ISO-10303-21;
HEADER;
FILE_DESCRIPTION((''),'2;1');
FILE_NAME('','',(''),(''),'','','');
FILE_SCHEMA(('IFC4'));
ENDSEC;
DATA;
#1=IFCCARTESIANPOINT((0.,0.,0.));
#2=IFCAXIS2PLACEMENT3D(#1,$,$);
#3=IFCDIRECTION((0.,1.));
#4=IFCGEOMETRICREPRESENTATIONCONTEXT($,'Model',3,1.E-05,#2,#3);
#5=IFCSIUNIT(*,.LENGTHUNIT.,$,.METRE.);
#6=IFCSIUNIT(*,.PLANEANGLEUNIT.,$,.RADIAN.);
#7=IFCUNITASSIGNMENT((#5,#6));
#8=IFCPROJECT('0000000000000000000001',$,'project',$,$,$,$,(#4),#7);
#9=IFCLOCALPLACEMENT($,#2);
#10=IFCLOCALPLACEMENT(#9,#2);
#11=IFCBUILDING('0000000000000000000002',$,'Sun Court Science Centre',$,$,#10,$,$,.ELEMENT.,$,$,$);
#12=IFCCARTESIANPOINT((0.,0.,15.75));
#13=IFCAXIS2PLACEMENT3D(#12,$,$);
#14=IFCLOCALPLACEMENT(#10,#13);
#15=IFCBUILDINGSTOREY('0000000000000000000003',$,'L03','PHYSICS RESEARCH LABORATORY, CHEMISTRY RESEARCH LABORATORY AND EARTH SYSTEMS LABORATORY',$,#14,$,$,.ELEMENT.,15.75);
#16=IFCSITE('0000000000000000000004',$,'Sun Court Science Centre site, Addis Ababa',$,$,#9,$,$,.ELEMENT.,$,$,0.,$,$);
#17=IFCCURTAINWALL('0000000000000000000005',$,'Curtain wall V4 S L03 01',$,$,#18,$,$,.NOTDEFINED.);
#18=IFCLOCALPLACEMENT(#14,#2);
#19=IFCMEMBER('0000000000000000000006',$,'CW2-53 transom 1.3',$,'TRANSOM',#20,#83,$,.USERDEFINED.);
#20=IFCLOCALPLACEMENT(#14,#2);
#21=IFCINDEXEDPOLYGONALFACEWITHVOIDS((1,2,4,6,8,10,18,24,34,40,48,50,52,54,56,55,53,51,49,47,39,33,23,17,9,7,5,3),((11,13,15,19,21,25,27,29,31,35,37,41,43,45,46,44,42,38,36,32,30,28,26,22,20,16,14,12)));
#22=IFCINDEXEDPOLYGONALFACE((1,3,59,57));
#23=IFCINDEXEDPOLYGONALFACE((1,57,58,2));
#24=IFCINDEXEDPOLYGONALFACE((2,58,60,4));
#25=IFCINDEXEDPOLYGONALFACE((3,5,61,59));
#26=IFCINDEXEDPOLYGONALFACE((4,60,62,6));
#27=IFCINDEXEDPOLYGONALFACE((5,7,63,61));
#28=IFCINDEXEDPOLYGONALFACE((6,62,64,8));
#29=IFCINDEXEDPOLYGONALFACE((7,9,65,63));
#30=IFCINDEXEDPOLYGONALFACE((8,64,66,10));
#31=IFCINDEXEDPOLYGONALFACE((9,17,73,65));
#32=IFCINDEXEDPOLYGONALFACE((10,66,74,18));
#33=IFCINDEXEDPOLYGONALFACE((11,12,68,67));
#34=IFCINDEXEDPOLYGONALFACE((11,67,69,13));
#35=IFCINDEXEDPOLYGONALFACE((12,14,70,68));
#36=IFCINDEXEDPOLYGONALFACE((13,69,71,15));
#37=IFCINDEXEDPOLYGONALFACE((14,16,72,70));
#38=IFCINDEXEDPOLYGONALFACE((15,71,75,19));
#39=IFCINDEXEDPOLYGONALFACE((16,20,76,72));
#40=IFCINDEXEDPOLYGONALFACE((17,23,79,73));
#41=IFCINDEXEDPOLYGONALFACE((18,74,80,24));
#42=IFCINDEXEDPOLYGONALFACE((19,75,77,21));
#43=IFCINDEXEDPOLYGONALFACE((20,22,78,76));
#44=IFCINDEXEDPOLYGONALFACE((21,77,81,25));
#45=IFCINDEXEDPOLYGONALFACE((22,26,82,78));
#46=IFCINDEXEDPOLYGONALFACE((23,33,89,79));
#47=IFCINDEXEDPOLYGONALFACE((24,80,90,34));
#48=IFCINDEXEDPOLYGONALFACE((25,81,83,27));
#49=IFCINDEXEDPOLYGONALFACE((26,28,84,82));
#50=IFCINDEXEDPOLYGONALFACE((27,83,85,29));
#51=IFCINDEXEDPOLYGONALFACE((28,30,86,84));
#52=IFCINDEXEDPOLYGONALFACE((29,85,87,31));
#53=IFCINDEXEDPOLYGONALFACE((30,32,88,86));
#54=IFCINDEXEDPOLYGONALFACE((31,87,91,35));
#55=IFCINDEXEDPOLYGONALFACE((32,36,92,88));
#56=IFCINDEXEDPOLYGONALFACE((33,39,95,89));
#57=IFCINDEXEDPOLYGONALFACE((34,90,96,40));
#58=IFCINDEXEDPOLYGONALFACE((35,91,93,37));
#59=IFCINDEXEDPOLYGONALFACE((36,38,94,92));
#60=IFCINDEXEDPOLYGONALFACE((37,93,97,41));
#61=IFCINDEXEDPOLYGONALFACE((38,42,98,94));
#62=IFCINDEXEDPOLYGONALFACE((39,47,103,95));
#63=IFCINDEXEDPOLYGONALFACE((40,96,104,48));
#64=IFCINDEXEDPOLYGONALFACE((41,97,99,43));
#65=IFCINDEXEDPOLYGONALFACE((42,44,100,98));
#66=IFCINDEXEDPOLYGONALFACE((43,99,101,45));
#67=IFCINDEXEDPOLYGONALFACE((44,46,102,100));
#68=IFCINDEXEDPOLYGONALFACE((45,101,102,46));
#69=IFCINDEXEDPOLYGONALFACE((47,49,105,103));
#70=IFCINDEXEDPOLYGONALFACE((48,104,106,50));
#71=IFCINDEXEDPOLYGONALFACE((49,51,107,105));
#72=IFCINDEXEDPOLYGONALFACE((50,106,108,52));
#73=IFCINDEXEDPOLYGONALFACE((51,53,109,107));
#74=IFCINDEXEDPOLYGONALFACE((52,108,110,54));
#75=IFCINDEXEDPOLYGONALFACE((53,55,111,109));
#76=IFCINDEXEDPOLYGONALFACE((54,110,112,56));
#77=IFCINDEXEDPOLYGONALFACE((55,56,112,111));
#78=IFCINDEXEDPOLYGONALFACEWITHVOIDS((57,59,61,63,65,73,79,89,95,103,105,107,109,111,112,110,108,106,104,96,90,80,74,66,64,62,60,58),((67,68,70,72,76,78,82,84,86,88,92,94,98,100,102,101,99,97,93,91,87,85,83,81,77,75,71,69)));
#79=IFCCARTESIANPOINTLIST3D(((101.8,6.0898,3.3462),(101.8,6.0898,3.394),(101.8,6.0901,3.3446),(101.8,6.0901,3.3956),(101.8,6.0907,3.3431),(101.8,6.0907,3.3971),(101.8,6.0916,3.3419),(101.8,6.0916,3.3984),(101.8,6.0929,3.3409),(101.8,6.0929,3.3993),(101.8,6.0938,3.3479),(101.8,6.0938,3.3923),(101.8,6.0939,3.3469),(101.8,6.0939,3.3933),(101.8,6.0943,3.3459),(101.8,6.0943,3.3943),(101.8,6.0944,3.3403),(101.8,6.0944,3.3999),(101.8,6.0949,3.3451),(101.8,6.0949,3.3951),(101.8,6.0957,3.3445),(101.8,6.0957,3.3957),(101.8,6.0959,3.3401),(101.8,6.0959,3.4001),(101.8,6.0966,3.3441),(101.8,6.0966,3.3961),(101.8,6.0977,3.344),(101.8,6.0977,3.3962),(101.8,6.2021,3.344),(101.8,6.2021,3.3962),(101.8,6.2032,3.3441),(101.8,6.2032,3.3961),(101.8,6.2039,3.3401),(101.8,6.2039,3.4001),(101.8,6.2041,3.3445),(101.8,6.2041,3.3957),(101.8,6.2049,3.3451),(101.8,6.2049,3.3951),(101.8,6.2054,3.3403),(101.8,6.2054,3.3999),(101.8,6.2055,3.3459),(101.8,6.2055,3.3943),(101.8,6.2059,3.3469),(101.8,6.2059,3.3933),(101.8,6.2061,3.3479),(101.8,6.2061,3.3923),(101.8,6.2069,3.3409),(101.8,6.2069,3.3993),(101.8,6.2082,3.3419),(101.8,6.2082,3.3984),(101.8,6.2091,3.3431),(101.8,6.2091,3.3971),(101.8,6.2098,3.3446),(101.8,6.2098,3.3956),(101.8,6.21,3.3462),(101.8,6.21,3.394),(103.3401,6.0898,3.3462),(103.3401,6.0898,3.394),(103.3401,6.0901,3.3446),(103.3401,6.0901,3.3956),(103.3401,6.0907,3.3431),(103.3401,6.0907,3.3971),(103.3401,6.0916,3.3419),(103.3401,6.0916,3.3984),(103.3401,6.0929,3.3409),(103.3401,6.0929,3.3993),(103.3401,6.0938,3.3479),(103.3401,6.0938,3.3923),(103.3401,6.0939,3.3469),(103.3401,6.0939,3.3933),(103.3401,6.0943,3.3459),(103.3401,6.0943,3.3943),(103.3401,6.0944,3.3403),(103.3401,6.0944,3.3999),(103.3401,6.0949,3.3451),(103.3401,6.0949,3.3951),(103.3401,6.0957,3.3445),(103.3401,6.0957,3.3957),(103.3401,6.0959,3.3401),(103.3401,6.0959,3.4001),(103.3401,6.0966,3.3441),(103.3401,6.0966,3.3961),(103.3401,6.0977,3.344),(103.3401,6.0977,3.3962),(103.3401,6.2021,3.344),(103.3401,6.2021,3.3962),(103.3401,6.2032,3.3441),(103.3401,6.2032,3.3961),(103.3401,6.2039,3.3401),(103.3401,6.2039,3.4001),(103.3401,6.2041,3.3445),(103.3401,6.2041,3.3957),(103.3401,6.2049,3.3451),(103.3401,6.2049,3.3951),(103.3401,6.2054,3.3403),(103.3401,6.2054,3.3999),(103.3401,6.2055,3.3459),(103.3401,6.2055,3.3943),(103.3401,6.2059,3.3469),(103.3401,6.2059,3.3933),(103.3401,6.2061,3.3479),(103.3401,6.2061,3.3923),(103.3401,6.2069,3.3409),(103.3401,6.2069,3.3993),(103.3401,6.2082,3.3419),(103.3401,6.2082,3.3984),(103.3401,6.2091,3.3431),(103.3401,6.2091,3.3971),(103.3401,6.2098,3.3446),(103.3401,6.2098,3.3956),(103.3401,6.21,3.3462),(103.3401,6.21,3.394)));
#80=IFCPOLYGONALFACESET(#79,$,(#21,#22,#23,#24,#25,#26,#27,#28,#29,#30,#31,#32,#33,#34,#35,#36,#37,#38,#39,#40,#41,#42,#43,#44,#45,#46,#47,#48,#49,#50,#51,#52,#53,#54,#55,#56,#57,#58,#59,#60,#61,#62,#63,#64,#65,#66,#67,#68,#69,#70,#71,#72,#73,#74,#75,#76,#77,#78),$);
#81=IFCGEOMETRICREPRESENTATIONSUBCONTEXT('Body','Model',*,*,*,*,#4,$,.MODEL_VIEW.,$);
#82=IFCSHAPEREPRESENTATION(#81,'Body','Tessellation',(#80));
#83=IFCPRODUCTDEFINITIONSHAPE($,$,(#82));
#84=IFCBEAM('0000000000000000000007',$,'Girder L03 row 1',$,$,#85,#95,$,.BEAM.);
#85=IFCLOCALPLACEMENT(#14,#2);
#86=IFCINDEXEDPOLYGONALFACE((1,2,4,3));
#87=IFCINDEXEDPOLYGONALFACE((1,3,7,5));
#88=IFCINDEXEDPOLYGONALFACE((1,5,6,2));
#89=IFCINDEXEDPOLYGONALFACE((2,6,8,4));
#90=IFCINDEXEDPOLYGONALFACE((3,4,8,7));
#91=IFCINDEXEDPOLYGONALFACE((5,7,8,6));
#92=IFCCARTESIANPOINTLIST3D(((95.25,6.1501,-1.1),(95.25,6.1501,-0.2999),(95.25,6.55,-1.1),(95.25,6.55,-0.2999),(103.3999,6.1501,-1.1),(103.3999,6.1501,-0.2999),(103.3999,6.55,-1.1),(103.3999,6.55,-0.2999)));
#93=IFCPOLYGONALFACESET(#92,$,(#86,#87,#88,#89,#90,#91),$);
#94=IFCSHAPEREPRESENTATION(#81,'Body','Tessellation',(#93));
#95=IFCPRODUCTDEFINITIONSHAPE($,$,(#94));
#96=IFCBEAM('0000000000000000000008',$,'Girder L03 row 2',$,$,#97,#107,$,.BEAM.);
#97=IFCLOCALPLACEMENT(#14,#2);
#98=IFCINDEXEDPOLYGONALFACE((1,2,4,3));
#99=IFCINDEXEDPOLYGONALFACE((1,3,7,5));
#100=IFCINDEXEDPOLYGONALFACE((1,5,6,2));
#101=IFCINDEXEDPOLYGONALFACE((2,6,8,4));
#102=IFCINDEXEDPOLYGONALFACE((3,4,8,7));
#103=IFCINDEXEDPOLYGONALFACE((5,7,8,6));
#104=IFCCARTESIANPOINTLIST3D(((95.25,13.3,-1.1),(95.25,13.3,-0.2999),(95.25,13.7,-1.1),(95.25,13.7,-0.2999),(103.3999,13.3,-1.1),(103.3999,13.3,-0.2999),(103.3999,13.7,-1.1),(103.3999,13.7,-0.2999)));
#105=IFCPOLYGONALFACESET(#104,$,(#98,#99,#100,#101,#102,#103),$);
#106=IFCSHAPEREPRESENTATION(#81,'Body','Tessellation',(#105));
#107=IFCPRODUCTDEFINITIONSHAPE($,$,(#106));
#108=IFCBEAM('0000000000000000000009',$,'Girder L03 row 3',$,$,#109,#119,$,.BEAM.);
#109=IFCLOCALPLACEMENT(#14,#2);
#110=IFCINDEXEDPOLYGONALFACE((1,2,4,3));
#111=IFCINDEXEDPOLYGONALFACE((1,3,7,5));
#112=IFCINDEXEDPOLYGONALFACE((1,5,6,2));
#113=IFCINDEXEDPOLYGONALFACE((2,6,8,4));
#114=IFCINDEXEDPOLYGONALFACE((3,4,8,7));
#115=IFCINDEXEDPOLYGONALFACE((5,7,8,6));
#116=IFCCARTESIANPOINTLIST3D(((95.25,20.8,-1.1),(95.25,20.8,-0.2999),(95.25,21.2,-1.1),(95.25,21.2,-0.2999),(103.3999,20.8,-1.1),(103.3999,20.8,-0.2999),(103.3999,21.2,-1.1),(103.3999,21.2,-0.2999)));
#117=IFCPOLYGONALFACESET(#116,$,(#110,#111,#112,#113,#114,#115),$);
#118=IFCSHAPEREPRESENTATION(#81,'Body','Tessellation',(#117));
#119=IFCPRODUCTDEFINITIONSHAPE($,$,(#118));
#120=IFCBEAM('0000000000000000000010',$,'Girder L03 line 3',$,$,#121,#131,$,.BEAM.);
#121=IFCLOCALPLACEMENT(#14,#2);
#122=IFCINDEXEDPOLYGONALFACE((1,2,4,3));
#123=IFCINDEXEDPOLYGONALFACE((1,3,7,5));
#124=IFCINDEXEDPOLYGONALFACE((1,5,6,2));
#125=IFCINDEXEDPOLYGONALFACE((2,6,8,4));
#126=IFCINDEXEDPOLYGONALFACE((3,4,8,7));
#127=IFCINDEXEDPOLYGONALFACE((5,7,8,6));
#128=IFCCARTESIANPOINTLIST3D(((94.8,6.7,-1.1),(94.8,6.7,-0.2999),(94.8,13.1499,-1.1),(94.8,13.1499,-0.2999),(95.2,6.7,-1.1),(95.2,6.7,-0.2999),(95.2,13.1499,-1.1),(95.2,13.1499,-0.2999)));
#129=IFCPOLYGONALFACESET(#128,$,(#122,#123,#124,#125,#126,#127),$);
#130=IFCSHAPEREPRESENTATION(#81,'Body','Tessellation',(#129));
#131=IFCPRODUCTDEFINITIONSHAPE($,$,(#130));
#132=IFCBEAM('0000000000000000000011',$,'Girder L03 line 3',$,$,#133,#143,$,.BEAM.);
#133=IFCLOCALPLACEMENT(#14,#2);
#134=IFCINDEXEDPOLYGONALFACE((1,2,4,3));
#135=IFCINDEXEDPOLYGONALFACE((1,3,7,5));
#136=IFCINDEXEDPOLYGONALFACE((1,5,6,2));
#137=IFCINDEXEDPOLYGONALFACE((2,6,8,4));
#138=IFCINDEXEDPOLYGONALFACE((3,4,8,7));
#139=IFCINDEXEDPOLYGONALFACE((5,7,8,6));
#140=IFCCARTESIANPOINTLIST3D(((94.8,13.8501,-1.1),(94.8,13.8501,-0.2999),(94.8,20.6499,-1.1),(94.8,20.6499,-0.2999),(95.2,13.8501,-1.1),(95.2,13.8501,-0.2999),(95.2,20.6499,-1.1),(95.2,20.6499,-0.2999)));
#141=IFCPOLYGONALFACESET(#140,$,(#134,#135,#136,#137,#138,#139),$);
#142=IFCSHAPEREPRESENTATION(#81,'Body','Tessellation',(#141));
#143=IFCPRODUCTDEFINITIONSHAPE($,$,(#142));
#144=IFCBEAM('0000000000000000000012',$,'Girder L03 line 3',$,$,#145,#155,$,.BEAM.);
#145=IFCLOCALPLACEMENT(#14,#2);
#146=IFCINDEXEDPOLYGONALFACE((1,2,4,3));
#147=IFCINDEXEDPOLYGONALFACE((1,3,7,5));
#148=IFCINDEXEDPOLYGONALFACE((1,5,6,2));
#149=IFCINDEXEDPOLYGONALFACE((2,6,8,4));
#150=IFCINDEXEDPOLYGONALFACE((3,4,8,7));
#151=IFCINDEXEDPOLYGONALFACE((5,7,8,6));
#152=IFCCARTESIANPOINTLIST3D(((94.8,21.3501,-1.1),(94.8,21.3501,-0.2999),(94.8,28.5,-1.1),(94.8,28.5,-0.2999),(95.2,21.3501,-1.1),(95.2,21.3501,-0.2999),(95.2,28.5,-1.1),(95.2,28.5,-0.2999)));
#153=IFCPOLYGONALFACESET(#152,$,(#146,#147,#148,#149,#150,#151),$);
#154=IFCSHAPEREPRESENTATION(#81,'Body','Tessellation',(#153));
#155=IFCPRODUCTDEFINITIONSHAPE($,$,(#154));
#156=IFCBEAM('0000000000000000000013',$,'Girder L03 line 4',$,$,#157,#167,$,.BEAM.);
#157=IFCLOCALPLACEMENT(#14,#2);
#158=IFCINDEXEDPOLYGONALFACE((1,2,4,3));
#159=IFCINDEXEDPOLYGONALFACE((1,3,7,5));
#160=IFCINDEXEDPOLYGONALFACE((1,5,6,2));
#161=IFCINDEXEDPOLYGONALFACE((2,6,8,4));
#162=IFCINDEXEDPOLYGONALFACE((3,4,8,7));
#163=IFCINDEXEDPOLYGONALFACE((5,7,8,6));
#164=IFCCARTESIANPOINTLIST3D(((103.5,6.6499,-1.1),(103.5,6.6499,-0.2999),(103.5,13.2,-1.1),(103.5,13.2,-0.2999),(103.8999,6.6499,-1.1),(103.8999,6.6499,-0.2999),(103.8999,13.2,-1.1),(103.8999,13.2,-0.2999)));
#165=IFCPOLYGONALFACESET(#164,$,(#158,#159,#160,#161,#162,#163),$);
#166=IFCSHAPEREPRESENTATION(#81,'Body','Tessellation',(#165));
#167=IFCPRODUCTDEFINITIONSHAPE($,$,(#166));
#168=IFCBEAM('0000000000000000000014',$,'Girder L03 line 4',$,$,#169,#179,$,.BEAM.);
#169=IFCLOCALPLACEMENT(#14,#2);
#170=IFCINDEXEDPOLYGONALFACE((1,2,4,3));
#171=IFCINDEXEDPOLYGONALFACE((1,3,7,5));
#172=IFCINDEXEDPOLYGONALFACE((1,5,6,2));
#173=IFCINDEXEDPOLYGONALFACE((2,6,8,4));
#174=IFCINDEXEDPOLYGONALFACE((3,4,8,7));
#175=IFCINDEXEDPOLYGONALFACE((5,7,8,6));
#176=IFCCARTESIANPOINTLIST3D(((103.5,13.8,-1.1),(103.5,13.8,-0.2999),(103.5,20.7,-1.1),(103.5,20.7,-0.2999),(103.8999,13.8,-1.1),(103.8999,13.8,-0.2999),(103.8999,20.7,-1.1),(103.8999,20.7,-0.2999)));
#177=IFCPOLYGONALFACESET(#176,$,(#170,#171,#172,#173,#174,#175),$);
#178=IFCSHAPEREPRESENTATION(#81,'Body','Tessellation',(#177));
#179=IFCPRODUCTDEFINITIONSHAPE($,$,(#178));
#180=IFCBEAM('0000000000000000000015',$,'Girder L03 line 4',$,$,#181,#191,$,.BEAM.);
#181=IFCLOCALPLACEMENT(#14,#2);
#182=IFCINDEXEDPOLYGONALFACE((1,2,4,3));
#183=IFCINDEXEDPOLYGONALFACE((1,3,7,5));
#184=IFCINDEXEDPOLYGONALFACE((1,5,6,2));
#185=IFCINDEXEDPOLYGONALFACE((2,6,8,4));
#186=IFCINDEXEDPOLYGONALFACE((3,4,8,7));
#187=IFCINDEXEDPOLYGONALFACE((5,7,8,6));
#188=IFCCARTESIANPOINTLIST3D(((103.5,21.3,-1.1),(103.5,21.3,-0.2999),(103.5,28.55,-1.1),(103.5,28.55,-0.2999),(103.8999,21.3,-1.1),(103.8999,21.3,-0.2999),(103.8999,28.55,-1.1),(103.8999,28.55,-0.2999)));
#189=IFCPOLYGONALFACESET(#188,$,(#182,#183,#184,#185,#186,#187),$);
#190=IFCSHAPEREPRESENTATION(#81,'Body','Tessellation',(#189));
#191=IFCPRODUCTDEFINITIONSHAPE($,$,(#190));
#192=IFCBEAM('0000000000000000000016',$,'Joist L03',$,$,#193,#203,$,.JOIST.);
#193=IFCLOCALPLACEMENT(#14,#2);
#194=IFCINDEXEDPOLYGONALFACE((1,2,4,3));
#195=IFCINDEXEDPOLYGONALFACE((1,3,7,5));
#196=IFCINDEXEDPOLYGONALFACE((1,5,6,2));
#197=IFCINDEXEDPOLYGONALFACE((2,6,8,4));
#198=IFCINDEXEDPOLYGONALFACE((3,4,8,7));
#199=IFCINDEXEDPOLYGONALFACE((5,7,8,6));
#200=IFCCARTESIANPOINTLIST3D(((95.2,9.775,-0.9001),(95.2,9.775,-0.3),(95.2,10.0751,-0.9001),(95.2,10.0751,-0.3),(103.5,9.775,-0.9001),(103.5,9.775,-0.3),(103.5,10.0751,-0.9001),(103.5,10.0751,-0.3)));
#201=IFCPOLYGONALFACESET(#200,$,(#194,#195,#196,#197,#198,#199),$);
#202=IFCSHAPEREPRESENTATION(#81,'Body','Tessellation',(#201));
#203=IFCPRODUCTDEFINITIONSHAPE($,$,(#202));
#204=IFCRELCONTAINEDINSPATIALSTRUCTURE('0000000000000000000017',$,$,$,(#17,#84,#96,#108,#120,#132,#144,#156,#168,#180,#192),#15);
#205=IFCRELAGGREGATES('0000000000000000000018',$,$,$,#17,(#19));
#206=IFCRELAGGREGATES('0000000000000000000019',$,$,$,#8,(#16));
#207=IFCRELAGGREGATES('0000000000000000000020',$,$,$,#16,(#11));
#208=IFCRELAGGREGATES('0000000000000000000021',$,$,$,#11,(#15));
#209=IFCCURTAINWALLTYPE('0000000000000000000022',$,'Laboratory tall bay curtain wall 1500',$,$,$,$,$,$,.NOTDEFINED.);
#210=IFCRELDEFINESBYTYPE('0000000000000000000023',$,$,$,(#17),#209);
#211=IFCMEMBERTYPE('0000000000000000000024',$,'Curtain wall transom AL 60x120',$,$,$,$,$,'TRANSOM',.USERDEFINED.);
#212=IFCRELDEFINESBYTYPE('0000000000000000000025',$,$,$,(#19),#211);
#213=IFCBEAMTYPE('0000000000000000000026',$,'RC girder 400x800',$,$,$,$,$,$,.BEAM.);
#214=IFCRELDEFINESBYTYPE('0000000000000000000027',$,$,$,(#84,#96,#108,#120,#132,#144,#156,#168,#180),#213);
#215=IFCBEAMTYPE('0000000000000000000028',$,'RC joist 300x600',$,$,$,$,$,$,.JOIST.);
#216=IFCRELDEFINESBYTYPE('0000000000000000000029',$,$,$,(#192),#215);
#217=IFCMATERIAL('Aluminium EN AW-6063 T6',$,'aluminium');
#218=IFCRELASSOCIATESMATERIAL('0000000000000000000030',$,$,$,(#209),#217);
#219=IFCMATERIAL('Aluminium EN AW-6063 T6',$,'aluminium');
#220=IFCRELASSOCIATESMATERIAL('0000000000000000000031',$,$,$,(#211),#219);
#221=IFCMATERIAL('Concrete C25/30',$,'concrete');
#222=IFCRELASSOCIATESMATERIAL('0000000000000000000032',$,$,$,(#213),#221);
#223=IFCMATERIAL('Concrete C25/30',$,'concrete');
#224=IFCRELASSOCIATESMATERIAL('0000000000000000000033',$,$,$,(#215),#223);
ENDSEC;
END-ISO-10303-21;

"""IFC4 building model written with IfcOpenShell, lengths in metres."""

from ifc_helpers import new_model, si_unit, direction, frame, origin, origin_2d, place, context, subcontext, project, spatial, rectangle, hollow_rectangle, extrude, material, material_profile, profile_set, type_object, element, aggregate, save


model = new_model("IFC4")

# Units and contexts
model_context = context("Model", 3, precision=1e-05, world=origin(), true_north=direction((0.0, 1.0)))
body_context = subcontext(model_context, "Body", "Model", "MODEL_VIEW")
ifc_project = project(units=[si_unit("LENGTHUNIT", "METRE"), si_unit("PLANEANGLEUNIT", "RADIAN")], contexts=[model_context])

# Site, building, storey
site_placement = place(None, origin())
site = spatial("IfcSite", under=ifc_project, at=site_placement, Name="Sun Court Science Centre site, Addis Ababa", CompositionType="ELEMENT", RefElevation=0.0)
building_placement = place(site_placement, origin())
building = spatial("IfcBuilding", under=site, at=building_placement, Name="Sun Court Science Centre", CompositionType="ELEMENT")
storey_placement = place(building_placement, frame((0.0, 0.0, 15.75)))
storey = spatial("IfcBuildingStorey", under=building, at=storey_placement, Name="L03", Description="PHYSICS RESEARCH LABORATORY, CHEMISTRY RESEARCH LABORATORY AND EARTH SYSTEMS LABORATORY", CompositionType="ELEMENT", Elevation=15.75)

# Curtain wall, member
ifc_material_1 = material(Name="Aluminium EN AW-6063 T6", Category="aluminium")
curtain_wall_type = type_object("IfcCurtainWallType", Name="Laboratory tall bay curtain wall 1500", PredefinedType="NOTDEFINED", material=ifc_material_1)
curtain_wall_placement = place(storey_placement, origin())
curtain_wall = element("IfcCurtainWall", 1, at=curtain_wall_placement, inside=storey, type_object=curtain_wall_type, Name="Curtain wall V4 S L03 01", PredefinedType="NOTDEFINED")
ifc_material_2 = material(Name="Aluminium EN AW-6063 T6", Category="aluminium")
ifc_material_profile_1 = material_profile(ifc_material_2, hollow_rectangle(XDim=0.0601, YDim=0.1201, WallThickness=0.0039, InnerFilletRadius=0.0039, OuterFilletRadius=0.0061, at=origin_2d()), Name="AL 60x120x4")
ifc_profile_set_1 = profile_set([ifc_material_profile_1], Name="Aluminium EN AW-6063 T6")
member_type_1 = type_object("IfcMemberType", Name="Curtain wall transom AL 60x120", ElementType="TRANSOM", PredefinedType="USERDEFINED", material=ifc_profile_set_1)
member_1_placement = place(storey_placement, frame((103.3401, 6.1499, 3.3701), z_axis=(-1.0, 0.0, 0.0), x_axis=(0.0, 0.0, 1.0)))
member_1 = element("IfcMember", 2, at=member_1_placement, type_object=member_type_1, Name="CW2-53 transom 1.3", ObjectType="TRANSOM", PredefinedType="USERDEFINED", context=body_context, shape_type="SweptSolid", body=[
    extrude(hollow_rectangle(XDim=0.0601, YDim=0.1201, WallThickness=0.0039, InnerFilletRadius=0.0039, OuterFilletRadius=0.0061, at=origin_2d()), origin(), (0.0, 0.0, 1.0), 1.54),
])

# Beams
ifc_material_3 = material(Name="Concrete C25/30", Category="concrete")
ifc_material_profile_2 = material_profile(ifc_material_3, rectangle(XDim=0.3999, YDim=0.8, at=origin_2d()), Name="RC 400x800")
ifc_profile_set_2 = profile_set([ifc_material_profile_2], Name="Concrete C25/30")
beam_type_1 = type_object("IfcBeamType", Name="RC girder 400x800", PredefinedType="BEAM", material=ifc_profile_set_2)
for number, where, z_axis, x_axis, name in (
    (3, (95.25, 6.3501, -0.7), (1.0, 0.0, 0.0), (0.0, 1.0, 0.0), "Girder L03 row 1"),
    (4, (95.25, 13.5, -0.7), (1.0, 0.0, 0.0), (0.0, 1.0, 0.0), "Girder L03 row 2"),
    (5, (95.25, 21.0, -0.7), (1.0, 0.0, 0.0), (0.0, 1.0, 0.0), "Girder L03 row 3"),
):
    element("IfcBeam", number, at=place(storey_placement, frame(where, z_axis=z_axis, x_axis=x_axis)), inside=storey, type_object=beam_type_1, Name=name, PredefinedType="BEAM", context=body_context, shape_type="SweptSolid", body=[
        extrude(rectangle(XDim=0.3999, YDim=0.8, at=origin_2d()), origin(), (0.0, 0.0, 1.0), 8.1499),
    ])
beam_1_placement = place(storey_placement, frame((95.0, 6.7, -0.7), z_axis=(0.0, 1.0, 0.0), x_axis=(-1.0, 0.0, 0.0)))
element("IfcBeam", 6, at=beam_1_placement, inside=storey, type_object=beam_type_1, Name="Girder L03 line 3", PredefinedType="BEAM", context=body_context, shape_type="SweptSolid", body=[
    extrude(rectangle(XDim=0.3999, YDim=0.8, at=origin_2d()), origin(), (0.0, 0.0, 1.0), 6.45),
])
beam_2_placement = place(storey_placement, frame((95.0, 13.8501, -0.7), z_axis=(0.0, 1.0, 0.0), x_axis=(-1.0, 0.0, 0.0)))
element("IfcBeam", 7, at=beam_2_placement, inside=storey, type_object=beam_type_1, Name="Girder L03 line 3", PredefinedType="BEAM", context=body_context, shape_type="SweptSolid", body=[
    extrude(rectangle(XDim=0.3999, YDim=0.8, at=origin_2d()), origin(), (0.0, 0.0, 1.0), 6.7998),
])
beam_3_placement = place(storey_placement, frame((95.0, 21.3501, -0.7), z_axis=(0.0, 1.0, 0.0), x_axis=(-1.0, 0.0, 0.0)))
element("IfcBeam", 8, at=beam_3_placement, inside=storey, type_object=beam_type_1, Name="Girder L03 line 3", PredefinedType="BEAM", context=body_context, shape_type="SweptSolid", body=[
    extrude(rectangle(XDim=0.3999, YDim=0.8, at=origin_2d()), origin(), (0.0, 0.0, 1.0), 7.1499),
])
beam_4_placement = place(storey_placement, frame((103.7, 6.6499, -0.7), z_axis=(0.0, 1.0, 0.0), x_axis=(-1.0, 0.0, 0.0)))
element("IfcBeam", 9, at=beam_4_placement, inside=storey, type_object=beam_type_1, Name="Girder L03 line 4", PredefinedType="BEAM", context=body_context, shape_type="SweptSolid", body=[
    extrude(rectangle(XDim=0.3999, YDim=0.8, at=origin_2d()), origin(), (0.0, 0.0, 1.0), 6.55),
])
beam_5_placement = place(storey_placement, frame((103.7, 13.8, -0.7), z_axis=(0.0, 1.0, 0.0), x_axis=(-1.0, 0.0, 0.0)))
element("IfcBeam", 10, at=beam_5_placement, inside=storey, type_object=beam_type_1, Name="Girder L03 line 4", PredefinedType="BEAM", context=body_context, shape_type="SweptSolid", body=[
    extrude(rectangle(XDim=0.3999, YDim=0.8, at=origin_2d()), origin(), (0.0, 0.0, 1.0), 6.8999),
])
beam_6_placement = place(storey_placement, frame((103.7, 21.3, -0.7), z_axis=(0.0, 1.0, 0.0), x_axis=(-1.0, 0.0, 0.0)))
element("IfcBeam", 11, at=beam_6_placement, inside=storey, type_object=beam_type_1, Name="Girder L03 line 4", PredefinedType="BEAM", context=body_context, shape_type="SweptSolid", body=[
    extrude(rectangle(XDim=0.3999, YDim=0.8, at=origin_2d()), origin(), (0.0, 0.0, 1.0), 7.25),
])
ifc_material_4 = material(Name="Concrete C25/30", Category="concrete")
ifc_material_profile_3 = material_profile(ifc_material_4, rectangle(XDim=0.3, YDim=0.6001, at=origin_2d()), Name="RC 300x600")
ifc_profile_set_3 = profile_set([ifc_material_profile_3], Name="Concrete C25/30")
beam_type_2 = type_object("IfcBeamType", Name="RC joist 300x600", PredefinedType="JOIST", material=ifc_profile_set_3)
for number, where, z_axis, x_axis, name in (
    (12, (95.2, 9.925, -0.6001), (1.0, 0.0, 0.0), (0.0, 1.0, 0.0), "Joist L03"),
):
    element("IfcBeam", number, at=place(storey_placement, frame(where, z_axis=z_axis, x_axis=x_axis)), inside=storey, type_object=beam_type_2, Name=name, PredefinedType="JOIST", context=body_context, shape_type="SweptSolid", body=[
        extrude(rectangle(XDim=0.3, YDim=0.6001, at=origin_2d()), origin(), (0.0, 0.0, 1.0), 8.3),
    ])

aggregate(curtain_wall, [member_1])

save(model, "model.ifc")
